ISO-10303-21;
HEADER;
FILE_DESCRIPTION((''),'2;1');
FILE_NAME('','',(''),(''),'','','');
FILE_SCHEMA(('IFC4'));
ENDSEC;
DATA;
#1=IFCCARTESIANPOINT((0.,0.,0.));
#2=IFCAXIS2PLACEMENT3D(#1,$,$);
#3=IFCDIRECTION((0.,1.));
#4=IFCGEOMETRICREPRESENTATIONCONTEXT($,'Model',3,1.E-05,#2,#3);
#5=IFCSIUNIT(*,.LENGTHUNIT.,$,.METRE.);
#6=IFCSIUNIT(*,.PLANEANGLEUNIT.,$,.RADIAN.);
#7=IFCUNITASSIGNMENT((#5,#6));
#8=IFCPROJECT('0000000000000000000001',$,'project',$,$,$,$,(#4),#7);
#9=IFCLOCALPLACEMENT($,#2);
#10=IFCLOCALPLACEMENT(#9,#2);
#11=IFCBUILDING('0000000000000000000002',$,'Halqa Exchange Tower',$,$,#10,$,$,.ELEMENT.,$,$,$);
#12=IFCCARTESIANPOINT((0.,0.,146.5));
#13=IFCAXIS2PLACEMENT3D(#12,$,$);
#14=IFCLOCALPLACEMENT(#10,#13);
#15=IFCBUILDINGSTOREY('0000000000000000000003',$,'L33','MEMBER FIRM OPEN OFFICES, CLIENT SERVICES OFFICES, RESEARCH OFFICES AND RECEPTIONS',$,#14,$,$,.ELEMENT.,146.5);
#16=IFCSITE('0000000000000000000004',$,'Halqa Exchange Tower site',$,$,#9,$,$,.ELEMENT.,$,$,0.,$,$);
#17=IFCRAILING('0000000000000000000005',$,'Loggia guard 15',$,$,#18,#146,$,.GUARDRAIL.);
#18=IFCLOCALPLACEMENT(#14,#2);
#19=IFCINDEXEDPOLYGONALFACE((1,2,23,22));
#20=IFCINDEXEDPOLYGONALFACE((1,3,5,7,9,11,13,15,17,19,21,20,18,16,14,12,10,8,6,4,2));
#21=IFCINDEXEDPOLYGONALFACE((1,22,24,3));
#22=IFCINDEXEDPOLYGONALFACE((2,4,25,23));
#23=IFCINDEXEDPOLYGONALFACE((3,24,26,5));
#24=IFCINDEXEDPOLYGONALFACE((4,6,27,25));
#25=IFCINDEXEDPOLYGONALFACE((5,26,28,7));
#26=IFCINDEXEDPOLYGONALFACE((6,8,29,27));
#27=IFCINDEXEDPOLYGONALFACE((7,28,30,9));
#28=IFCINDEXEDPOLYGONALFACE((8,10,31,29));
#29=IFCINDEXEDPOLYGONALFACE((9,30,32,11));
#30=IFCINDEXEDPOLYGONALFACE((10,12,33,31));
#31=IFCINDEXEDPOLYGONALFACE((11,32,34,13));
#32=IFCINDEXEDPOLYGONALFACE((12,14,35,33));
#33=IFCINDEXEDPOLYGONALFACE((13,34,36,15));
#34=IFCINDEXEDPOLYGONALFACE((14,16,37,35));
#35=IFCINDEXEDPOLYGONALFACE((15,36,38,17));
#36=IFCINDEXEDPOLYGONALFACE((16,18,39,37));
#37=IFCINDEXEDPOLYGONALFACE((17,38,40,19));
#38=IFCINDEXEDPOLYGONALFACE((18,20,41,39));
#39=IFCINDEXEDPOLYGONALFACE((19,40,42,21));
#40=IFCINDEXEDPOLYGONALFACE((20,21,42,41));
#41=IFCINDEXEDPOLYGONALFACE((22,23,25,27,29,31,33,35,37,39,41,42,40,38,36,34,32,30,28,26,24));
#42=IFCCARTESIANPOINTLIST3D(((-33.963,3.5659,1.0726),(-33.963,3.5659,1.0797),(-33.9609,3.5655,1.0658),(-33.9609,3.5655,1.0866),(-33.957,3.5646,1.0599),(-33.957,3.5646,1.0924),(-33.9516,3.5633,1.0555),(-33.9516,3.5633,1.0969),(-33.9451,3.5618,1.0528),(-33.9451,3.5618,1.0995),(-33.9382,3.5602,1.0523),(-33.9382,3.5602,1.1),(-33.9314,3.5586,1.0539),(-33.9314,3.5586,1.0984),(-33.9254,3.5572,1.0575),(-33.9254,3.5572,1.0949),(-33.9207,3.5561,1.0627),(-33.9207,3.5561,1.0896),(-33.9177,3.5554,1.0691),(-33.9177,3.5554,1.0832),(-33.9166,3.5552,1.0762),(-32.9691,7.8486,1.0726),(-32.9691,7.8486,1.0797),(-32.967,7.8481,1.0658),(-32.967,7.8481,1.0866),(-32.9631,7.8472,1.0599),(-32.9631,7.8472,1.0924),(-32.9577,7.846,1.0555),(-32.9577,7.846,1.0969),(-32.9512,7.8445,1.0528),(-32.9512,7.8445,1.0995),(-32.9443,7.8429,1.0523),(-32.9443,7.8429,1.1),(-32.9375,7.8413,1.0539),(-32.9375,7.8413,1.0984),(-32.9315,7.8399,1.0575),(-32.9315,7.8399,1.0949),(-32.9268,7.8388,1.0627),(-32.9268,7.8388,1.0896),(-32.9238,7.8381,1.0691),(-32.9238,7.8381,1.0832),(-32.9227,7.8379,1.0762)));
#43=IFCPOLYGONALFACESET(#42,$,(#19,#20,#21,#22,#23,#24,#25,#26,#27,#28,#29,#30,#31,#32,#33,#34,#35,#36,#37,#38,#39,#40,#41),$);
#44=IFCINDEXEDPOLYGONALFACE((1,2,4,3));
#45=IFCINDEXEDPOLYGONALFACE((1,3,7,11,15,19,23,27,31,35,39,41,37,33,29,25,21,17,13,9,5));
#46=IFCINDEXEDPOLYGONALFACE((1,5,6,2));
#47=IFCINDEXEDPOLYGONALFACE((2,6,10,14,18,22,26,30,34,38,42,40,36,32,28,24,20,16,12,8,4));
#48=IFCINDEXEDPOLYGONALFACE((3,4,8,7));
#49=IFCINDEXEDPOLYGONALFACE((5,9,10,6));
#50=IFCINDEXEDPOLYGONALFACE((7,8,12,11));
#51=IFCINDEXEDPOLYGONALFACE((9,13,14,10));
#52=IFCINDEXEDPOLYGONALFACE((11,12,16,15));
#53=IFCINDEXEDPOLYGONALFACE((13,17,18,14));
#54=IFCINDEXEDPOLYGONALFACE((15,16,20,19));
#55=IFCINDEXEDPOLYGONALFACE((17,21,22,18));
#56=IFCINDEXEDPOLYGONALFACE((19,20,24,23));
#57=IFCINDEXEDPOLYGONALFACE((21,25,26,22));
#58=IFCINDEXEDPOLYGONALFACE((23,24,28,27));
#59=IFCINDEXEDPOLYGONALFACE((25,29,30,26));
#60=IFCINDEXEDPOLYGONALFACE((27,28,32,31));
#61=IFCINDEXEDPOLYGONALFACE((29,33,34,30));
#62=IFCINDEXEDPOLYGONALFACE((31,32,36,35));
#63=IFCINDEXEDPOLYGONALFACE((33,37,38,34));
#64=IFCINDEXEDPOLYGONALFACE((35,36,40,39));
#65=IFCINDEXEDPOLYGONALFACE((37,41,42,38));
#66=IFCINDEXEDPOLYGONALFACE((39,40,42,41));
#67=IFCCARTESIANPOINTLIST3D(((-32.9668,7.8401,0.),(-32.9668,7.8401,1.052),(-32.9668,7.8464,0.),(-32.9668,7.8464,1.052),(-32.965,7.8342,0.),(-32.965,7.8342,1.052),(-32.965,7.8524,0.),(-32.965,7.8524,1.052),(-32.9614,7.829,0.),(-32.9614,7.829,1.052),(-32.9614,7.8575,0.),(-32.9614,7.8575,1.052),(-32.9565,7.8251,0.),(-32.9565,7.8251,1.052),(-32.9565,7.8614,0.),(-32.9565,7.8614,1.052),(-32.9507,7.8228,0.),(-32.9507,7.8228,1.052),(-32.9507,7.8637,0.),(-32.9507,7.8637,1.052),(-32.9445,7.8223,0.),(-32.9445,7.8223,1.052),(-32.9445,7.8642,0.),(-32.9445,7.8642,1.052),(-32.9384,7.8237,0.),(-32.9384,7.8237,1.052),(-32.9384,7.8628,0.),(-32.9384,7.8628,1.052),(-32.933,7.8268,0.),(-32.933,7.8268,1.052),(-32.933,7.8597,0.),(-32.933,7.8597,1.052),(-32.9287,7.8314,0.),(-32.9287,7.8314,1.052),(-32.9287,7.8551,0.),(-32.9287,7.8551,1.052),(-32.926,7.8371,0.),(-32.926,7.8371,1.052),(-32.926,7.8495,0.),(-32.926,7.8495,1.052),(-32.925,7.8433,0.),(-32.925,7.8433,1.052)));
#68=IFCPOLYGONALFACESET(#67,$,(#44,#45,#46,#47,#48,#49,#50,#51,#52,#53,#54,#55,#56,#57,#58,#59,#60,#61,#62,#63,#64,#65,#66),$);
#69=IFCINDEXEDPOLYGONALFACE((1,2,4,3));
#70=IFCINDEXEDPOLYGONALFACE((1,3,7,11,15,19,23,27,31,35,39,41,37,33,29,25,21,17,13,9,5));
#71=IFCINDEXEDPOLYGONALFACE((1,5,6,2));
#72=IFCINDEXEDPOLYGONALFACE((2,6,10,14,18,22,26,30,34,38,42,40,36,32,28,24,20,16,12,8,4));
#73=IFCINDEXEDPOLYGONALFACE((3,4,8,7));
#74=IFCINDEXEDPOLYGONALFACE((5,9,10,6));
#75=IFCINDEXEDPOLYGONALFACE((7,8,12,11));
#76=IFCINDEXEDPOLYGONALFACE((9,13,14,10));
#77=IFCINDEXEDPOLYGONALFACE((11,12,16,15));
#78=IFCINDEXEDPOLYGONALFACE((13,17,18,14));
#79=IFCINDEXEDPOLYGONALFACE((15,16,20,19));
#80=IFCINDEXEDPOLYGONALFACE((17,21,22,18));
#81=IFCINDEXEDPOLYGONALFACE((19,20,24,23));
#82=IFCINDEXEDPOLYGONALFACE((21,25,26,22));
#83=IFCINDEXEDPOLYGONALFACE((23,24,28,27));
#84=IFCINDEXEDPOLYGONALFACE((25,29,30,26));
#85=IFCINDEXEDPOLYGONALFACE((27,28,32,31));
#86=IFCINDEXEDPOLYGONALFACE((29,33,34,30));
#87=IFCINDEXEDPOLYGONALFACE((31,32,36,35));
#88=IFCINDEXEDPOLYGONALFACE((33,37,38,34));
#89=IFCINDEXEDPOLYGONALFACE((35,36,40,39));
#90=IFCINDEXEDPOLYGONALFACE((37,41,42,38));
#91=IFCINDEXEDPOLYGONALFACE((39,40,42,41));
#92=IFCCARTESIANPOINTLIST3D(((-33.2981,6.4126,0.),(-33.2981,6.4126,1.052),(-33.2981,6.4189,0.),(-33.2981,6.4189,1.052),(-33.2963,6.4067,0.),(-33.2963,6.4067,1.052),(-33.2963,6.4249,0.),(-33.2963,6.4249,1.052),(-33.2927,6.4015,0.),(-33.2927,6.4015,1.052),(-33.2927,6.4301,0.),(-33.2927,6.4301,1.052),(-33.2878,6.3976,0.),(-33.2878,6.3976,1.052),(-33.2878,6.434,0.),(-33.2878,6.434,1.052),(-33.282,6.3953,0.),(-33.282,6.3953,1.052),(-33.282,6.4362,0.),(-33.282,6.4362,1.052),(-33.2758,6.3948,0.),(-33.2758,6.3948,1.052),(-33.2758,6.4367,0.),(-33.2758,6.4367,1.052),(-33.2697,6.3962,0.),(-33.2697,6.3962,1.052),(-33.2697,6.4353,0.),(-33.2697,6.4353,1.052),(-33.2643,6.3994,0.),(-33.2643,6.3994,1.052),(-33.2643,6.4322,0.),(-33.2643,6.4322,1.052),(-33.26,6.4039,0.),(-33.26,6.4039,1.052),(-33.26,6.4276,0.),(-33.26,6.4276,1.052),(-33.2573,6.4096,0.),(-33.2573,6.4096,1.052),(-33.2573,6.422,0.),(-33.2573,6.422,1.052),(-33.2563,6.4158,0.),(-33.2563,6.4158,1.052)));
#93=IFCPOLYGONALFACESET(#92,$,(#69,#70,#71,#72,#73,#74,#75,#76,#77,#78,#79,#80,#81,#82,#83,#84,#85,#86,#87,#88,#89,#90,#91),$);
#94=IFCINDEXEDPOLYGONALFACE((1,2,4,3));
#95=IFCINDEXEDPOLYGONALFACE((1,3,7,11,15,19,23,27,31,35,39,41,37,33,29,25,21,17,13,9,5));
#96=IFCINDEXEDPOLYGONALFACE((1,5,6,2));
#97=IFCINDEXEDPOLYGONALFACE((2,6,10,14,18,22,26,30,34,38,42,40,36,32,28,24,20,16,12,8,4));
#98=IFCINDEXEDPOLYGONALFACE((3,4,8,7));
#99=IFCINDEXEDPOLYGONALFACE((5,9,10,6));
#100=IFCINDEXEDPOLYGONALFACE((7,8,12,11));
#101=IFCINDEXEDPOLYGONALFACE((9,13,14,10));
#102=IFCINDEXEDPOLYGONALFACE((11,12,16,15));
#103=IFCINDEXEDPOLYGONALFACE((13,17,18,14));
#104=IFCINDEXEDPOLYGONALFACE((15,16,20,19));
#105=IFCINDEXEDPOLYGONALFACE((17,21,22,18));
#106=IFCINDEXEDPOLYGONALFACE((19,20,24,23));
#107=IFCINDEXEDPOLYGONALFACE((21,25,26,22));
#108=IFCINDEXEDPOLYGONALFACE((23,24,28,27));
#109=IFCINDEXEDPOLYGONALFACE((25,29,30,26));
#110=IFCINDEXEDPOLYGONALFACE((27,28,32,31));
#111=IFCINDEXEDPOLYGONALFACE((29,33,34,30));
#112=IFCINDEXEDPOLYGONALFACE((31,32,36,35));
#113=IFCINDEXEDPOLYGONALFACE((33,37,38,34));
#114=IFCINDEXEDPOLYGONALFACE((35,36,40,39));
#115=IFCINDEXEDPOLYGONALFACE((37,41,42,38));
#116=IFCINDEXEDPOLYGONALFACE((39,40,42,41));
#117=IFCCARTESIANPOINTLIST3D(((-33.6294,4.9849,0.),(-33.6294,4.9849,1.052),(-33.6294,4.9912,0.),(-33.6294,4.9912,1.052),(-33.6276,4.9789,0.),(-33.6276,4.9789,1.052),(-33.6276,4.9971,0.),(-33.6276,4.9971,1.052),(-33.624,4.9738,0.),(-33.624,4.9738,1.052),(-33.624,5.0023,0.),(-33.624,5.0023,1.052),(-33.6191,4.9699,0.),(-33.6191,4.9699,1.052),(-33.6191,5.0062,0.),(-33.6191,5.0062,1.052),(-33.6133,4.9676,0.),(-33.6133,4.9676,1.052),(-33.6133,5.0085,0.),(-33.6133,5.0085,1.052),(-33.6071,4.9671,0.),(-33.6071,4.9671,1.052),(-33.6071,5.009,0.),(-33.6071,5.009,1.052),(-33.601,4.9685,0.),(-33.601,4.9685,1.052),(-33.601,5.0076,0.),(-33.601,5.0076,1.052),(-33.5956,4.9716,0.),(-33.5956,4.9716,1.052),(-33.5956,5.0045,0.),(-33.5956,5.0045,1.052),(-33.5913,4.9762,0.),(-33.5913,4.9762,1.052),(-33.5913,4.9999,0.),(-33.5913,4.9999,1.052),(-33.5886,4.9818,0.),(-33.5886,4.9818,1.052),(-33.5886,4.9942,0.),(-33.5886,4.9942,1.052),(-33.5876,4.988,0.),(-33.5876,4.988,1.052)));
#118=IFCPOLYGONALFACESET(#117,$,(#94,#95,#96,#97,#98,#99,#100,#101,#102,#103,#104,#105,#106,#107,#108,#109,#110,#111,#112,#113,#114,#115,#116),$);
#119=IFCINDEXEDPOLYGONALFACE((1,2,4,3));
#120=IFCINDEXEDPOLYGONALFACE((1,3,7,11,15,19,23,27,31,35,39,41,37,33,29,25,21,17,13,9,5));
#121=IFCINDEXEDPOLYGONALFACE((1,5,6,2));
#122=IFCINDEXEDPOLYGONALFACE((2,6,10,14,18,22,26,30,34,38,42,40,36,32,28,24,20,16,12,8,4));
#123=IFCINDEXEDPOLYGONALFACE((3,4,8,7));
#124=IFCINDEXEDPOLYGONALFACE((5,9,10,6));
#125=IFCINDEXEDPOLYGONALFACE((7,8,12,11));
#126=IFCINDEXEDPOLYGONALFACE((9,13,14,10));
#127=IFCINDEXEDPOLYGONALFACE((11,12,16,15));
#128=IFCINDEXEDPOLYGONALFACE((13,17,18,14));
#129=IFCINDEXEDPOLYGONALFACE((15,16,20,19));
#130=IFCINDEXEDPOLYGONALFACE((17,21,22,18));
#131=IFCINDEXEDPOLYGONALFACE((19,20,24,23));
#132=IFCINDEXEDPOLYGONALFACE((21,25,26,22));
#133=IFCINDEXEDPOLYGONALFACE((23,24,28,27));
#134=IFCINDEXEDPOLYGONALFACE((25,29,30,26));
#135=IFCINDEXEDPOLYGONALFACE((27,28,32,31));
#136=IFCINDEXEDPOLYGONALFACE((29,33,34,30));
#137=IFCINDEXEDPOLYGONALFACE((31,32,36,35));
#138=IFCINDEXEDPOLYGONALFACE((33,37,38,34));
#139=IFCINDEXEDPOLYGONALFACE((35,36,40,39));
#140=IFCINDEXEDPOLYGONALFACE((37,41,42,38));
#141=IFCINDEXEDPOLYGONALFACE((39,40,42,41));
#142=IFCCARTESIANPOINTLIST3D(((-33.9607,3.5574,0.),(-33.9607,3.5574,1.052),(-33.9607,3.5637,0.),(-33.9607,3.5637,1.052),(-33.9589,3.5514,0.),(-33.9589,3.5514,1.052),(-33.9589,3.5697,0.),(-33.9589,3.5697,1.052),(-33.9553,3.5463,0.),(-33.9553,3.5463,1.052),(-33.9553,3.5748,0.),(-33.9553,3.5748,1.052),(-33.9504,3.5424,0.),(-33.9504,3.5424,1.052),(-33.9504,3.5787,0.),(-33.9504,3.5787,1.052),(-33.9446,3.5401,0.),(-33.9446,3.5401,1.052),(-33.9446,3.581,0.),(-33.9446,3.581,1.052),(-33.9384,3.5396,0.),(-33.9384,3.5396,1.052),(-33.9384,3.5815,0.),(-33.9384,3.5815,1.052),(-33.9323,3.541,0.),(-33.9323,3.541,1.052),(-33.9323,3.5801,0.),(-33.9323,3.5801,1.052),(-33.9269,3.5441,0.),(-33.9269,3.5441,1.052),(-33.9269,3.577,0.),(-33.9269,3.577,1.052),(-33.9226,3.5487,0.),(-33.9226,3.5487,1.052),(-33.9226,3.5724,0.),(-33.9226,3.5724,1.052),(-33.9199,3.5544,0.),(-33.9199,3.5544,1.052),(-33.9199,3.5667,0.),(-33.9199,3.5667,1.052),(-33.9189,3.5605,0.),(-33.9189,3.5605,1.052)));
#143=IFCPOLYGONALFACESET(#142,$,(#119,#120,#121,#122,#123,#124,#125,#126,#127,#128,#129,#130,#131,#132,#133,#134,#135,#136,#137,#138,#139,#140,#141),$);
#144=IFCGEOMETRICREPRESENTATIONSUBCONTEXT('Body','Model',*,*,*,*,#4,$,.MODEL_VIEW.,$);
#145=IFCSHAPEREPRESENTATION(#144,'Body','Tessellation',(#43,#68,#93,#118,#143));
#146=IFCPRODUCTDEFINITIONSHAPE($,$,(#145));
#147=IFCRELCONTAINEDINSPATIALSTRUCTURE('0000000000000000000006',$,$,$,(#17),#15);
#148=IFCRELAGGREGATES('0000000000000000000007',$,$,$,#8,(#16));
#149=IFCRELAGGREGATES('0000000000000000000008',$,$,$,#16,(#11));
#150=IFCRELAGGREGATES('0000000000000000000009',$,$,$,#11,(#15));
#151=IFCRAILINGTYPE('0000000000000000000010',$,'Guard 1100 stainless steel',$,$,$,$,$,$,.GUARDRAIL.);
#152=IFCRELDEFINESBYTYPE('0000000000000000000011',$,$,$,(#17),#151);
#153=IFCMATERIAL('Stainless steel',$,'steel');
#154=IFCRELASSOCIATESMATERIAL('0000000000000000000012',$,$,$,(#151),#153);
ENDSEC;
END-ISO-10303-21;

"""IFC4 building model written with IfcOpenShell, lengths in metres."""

from ifc_helpers import new_model, si_unit, direction, frame, origin, origin_2d, place, context, subcontext, project, spatial, circle, extrude, material, type_object, element, save


model = new_model("IFC4")

# Units and contexts
model_context = context("Model", 3, precision=1e-05, world=origin(), true_north=direction((0.0, 1.0)))
body_context = subcontext(model_context, "Body", "Model", "MODEL_VIEW")
ifc_project = project(units=[si_unit("LENGTHUNIT", "METRE"), si_unit("PLANEANGLEUNIT", "RADIAN")], contexts=[model_context])

# Site, building, storey
site_placement = place(None, origin())
site = spatial("IfcSite", under=ifc_project, at=site_placement, Name="Halqa Exchange Tower site", CompositionType="ELEMENT", RefElevation=0.0)
building_placement = place(site_placement, origin())
building = spatial("IfcBuilding", under=site, at=building_placement, Name="Halqa Exchange Tower", CompositionType="ELEMENT")
storey_placement = place(building_placement, frame((0.0, 0.0, 146.5)))
storey = spatial("IfcBuildingStorey", under=building, at=storey_placement, Name="L33", Description="MEMBER FIRM OPEN OFFICES, CLIENT SERVICES OFFICES, RESEARCH OFFICES AND RECEPTIONS", CompositionType="ELEMENT", Elevation=146.5)

# Railing
ifc_material_1 = material(Name="Stainless steel", Category="steel")
railing_type = type_object("IfcRailingType", Name="Guard 1100 stainless steel", PredefinedType="GUARDRAIL", material=ifc_material_1)
railing_1_placement = place(storey_placement, frame((-32.946, 7.8433, 0.0)))
element("IfcRailing", 1, at=railing_1_placement, inside=storey, type_object=railing_type, Name="Loggia guard 15", PredefinedType="GUARDRAIL", context=body_context, shape_type="SweptSolid", body=[
    extrude(circle(Radius=0.0239, at=origin_2d()), frame((0.0, 0.0, 1.0762), z_axis=(-0.226064, -0.974112, 0.0), x_axis=(0.974112, -0.226064, 0.0)), (0.0, 0.0, 1.0), 4.3965),
    extrude(circle(Radius=0.021, at=origin_2d()), origin(), (0.0, 0.0, 1.0), 1.052),
    extrude(circle(Radius=0.021, at=origin_2d()), frame((-0.3313, -1.4275, 0.0)), (0.0, 0.0, 1.0), 1.052),
    extrude(circle(Radius=0.021, at=origin_2d()), frame((-0.6626, -2.8552, 0.0)), (0.0, 0.0, 1.0), 1.052),
    extrude(circle(Radius=0.021, at=origin_2d()), frame((-0.9939, -4.2827, 0.0)), (0.0, 0.0, 1.0), 1.052),
])

save(model, "model.ifc")
